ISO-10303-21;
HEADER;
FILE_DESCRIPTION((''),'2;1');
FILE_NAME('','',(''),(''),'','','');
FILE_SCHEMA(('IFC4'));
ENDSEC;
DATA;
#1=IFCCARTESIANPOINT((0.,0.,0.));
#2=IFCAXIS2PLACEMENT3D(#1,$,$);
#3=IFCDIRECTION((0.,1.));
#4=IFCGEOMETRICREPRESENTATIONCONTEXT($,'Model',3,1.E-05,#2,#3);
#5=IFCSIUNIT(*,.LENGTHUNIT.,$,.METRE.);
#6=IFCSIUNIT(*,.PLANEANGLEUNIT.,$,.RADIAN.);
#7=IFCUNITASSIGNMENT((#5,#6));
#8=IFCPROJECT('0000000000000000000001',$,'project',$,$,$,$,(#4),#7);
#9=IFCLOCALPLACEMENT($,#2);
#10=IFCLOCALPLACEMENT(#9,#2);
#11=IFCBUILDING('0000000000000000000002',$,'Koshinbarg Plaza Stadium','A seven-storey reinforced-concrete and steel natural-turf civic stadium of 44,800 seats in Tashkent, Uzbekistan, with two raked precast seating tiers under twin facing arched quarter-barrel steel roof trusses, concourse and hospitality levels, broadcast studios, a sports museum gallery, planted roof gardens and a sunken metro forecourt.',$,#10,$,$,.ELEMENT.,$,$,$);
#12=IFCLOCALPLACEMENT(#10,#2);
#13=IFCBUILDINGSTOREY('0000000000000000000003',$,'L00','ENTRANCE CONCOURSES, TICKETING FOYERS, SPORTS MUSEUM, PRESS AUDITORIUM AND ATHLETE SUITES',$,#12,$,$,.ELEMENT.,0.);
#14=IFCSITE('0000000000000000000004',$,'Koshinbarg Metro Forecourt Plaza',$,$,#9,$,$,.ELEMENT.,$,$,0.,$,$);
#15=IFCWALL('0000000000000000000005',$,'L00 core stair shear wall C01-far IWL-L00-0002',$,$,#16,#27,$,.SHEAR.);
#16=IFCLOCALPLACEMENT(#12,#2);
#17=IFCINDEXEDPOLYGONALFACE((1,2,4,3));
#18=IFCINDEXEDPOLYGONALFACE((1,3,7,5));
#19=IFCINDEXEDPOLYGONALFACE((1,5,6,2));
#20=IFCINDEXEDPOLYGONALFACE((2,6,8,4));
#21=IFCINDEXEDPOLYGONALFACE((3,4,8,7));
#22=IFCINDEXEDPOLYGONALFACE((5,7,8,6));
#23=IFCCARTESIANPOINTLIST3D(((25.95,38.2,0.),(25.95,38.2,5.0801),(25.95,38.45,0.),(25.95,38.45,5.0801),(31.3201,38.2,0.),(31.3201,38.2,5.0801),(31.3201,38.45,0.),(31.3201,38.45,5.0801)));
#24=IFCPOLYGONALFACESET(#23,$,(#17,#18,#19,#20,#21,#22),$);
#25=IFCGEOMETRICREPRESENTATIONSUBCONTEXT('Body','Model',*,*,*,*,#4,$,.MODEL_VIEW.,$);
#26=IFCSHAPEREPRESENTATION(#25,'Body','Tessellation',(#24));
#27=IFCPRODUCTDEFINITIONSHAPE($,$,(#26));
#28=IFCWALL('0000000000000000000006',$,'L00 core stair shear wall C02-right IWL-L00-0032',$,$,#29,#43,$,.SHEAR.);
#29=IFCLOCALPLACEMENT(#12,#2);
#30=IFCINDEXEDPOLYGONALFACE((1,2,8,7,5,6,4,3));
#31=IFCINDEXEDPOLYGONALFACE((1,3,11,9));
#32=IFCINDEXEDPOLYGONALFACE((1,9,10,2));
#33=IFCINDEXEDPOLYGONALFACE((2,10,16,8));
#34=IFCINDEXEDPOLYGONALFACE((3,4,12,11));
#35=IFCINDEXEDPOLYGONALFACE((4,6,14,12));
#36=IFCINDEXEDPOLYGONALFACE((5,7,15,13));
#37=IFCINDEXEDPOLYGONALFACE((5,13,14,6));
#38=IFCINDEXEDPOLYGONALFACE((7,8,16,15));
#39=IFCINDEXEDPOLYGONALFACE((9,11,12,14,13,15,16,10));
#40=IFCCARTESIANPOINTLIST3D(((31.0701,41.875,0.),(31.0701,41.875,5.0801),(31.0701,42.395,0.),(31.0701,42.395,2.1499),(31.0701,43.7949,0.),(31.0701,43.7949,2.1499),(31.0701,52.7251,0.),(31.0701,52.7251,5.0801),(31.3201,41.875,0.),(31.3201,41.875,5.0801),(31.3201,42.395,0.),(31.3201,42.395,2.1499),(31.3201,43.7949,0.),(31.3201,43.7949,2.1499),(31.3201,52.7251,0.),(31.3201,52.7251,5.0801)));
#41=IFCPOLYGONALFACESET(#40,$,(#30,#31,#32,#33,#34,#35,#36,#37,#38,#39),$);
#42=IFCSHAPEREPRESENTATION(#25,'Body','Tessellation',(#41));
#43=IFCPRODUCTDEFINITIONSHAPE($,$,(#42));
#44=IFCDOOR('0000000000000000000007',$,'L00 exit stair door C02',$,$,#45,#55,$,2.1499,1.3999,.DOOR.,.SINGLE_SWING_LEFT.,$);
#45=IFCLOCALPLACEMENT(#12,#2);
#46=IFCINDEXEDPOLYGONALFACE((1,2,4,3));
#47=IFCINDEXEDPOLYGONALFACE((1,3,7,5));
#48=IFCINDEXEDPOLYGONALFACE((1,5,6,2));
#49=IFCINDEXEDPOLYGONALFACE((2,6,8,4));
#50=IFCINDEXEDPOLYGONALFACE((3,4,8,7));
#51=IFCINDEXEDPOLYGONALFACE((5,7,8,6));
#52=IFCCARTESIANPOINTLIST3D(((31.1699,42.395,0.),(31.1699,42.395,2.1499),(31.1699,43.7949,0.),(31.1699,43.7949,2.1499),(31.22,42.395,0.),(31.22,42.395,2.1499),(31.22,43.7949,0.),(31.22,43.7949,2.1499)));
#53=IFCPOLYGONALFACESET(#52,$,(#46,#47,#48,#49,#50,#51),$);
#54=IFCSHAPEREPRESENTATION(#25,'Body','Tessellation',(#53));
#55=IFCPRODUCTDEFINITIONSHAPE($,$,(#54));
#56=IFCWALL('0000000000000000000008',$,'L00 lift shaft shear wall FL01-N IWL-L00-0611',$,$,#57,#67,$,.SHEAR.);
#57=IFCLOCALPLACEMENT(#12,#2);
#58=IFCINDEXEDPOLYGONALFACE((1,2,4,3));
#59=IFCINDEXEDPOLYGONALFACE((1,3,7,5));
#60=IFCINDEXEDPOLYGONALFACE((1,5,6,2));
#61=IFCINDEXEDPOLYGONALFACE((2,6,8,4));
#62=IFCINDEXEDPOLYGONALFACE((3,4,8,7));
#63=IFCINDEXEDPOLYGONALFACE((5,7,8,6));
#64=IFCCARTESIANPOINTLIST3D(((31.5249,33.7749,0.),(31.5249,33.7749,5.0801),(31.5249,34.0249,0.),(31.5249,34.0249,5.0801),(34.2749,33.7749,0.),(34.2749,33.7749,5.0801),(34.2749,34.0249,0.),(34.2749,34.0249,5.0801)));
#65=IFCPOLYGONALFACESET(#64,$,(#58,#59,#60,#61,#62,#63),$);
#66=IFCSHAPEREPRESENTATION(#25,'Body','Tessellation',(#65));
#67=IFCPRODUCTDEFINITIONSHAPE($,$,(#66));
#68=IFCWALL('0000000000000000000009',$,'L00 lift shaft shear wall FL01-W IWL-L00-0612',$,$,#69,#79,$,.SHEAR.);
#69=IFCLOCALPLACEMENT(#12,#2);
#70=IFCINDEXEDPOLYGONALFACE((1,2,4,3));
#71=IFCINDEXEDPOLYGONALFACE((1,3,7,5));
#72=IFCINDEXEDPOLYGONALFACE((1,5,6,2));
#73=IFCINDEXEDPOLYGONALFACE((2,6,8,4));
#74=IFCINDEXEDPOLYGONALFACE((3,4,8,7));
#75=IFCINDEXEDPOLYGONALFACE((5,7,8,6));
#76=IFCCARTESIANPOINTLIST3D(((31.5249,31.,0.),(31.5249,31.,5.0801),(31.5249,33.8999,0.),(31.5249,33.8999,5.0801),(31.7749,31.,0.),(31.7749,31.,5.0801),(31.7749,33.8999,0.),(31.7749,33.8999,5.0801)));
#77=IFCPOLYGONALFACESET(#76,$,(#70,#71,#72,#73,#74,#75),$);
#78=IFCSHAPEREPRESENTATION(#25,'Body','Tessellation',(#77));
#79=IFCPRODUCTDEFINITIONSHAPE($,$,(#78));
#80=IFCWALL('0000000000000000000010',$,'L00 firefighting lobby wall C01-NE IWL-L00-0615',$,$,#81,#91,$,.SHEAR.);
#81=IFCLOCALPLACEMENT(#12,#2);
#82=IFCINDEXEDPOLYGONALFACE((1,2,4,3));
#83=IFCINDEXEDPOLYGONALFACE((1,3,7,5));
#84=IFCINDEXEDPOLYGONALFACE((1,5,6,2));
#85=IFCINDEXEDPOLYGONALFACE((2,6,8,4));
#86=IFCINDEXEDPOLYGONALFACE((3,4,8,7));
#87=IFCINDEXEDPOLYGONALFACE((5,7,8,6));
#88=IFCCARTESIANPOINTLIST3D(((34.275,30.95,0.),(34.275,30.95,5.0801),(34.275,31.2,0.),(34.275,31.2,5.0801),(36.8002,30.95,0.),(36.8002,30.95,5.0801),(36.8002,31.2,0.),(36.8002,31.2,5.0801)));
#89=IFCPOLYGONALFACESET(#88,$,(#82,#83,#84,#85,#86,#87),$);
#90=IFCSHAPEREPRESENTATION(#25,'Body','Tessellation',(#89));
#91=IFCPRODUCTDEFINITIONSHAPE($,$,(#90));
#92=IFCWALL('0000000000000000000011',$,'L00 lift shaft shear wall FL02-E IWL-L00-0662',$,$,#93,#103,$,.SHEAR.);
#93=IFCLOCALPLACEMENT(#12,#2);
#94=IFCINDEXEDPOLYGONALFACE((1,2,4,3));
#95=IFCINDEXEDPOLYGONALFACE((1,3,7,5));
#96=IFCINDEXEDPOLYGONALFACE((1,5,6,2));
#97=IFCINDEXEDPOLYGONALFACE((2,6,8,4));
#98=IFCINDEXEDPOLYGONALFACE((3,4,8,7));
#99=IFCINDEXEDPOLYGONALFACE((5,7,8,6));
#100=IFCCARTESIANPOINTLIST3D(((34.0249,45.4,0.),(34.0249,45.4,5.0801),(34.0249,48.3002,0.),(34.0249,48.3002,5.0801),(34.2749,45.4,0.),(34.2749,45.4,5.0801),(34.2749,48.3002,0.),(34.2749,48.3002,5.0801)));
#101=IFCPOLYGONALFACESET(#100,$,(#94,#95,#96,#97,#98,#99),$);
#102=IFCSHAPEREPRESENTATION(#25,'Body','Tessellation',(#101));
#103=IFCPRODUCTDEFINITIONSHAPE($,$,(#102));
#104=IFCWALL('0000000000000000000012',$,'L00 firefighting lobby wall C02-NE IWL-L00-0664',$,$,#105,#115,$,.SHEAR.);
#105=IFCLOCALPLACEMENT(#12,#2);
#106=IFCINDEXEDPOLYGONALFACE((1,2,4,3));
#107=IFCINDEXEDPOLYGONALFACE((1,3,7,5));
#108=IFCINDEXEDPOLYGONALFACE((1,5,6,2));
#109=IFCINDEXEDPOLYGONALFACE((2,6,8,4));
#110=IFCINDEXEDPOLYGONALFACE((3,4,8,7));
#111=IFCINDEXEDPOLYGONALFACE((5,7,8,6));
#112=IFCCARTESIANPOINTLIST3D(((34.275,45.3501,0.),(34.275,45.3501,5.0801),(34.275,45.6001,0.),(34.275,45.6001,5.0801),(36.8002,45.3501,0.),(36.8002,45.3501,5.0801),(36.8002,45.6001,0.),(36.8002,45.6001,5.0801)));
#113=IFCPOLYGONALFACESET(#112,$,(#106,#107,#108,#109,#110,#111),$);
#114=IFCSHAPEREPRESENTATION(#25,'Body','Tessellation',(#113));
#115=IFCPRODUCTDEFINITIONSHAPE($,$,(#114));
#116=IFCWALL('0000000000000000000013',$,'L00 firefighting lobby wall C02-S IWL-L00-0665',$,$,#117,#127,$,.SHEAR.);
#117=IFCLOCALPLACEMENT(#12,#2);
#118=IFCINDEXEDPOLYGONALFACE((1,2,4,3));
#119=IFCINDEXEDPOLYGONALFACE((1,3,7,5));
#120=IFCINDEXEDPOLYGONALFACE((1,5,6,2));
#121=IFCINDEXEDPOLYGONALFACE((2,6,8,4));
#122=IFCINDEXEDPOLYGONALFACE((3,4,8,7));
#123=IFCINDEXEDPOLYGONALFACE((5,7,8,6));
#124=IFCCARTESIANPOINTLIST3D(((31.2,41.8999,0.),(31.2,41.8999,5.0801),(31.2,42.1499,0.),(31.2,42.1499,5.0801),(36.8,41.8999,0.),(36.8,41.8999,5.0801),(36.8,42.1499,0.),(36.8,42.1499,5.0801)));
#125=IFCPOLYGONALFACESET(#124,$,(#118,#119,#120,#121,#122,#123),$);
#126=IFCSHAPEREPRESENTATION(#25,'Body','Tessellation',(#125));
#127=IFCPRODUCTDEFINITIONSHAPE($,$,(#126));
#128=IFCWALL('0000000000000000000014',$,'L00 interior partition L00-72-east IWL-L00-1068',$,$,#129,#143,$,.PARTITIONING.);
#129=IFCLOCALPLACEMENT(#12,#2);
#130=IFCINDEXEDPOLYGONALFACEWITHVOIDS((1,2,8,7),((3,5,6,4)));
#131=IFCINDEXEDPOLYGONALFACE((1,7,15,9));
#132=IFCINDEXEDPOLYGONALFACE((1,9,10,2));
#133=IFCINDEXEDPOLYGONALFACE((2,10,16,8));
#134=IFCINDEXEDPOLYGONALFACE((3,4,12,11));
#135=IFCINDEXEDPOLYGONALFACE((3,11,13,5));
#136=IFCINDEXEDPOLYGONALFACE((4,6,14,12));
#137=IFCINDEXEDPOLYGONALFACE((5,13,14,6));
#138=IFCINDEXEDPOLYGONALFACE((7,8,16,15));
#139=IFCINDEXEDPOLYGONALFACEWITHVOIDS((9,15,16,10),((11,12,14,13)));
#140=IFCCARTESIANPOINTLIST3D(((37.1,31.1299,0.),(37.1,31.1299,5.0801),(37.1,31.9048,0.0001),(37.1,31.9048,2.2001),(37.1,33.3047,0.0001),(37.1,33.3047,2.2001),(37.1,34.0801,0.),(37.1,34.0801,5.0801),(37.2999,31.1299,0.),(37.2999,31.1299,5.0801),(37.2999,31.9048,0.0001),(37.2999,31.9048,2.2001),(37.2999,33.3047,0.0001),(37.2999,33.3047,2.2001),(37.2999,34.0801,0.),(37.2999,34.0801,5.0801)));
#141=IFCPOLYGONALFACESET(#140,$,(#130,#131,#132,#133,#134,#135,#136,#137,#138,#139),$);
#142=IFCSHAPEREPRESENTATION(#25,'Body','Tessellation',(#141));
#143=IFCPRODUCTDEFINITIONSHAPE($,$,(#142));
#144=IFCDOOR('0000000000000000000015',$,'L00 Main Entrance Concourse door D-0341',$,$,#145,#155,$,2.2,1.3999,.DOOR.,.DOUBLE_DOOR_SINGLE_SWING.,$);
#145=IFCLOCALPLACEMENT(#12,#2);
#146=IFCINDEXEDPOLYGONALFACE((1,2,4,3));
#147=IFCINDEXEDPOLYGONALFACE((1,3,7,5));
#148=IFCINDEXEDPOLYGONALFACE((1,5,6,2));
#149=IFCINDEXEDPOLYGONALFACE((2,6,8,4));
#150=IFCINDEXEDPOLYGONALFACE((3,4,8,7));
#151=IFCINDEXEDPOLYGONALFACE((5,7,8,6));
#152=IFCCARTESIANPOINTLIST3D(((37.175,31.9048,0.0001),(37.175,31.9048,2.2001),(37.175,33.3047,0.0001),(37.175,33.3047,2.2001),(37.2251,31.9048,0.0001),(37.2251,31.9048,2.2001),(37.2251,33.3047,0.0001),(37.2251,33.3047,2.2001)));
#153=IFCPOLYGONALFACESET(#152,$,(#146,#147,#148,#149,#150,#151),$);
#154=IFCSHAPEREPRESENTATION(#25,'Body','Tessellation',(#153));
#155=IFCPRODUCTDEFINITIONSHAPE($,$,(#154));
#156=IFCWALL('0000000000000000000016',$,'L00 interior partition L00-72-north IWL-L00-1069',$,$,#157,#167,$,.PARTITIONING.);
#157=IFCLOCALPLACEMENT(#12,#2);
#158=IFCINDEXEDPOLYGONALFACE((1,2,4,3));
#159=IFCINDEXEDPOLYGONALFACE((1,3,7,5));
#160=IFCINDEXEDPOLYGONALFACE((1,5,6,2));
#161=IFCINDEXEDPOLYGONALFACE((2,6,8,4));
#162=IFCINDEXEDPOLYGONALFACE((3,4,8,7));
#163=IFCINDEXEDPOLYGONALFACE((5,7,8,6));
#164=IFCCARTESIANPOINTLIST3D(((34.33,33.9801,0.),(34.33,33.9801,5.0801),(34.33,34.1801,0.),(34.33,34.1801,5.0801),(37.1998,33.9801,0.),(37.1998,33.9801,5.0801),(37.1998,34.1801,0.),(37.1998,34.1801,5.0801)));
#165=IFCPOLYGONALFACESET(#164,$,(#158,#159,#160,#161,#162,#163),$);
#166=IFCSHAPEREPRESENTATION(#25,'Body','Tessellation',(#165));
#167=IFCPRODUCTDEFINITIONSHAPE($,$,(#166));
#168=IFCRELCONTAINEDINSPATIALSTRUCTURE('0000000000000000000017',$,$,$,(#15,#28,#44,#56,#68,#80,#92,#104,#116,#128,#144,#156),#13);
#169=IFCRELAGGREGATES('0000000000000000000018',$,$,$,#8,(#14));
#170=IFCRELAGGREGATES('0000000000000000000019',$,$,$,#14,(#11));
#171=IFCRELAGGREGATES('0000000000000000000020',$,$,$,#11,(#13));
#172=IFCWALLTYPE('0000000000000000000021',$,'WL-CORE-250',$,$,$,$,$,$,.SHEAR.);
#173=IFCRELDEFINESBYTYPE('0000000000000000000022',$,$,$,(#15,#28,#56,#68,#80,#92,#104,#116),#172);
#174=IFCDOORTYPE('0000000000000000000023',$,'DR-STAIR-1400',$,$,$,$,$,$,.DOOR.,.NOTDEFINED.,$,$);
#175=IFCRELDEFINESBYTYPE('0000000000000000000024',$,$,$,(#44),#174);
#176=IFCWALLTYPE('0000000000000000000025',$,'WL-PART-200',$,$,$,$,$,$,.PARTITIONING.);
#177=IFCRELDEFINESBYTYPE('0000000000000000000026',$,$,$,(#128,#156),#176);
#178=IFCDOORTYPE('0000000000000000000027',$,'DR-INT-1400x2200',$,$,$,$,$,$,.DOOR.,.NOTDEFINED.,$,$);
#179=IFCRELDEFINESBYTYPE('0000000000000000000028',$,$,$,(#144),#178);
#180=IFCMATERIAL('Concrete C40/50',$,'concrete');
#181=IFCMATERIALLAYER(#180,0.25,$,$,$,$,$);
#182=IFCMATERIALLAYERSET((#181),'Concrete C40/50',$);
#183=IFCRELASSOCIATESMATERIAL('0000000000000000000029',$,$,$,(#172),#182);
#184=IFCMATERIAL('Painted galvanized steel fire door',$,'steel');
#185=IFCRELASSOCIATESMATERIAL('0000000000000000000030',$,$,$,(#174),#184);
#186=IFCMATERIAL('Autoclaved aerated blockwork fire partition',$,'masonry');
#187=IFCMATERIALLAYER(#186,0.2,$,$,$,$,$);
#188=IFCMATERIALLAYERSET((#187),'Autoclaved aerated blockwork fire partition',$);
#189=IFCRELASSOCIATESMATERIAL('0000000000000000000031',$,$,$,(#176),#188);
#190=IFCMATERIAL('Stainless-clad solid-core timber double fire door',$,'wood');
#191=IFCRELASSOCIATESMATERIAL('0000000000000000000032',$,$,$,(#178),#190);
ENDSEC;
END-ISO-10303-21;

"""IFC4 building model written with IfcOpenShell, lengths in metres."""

from ifc_helpers import new_model, si_unit, direction, frame, frame_2d, origin, place, context, subcontext, project, spatial, rectangle, extrude, material, layer, layer_set, type_object, element, fill, save


model = new_model("IFC4")

# Units and contexts
model_context = context("Model", 3, precision=1e-05, world=origin(), true_north=direction((0.0, 1.0)))
body_context = subcontext(model_context, "Body", "Model", "MODEL_VIEW")
ifc_project = project(units=[si_unit("LENGTHUNIT", "METRE"), si_unit("PLANEANGLEUNIT", "RADIAN")], contexts=[model_context])

# Site, building, storey
site_placement = place(None, origin())
site = spatial("IfcSite", under=ifc_project, at=site_placement, Name="Koshinbarg Metro Forecourt Plaza", CompositionType="ELEMENT", RefElevation=0.0)
building_placement = place(site_placement, origin())
building = spatial("IfcBuilding", under=site, at=building_placement, Name="Koshinbarg Plaza Stadium", Description="A seven-storey reinforced-concrete and steel natural-turf civic stadium of 44,800 seats in Tashkent, Uzbekistan, with two raked precast seating tiers under twin facing arched quarter-barrel steel roof trusses, concourse and hospitality levels, broadcast studios, a sports museum gallery, planted roof gardens and a sunken metro forecourt.", CompositionType="ELEMENT")
storey_placement = place(building_placement, origin())
storey = spatial("IfcBuildingStorey", under=building, at=storey_placement, Name="L00", Description="ENTRANCE CONCOURSES, TICKETING FOYERS, SPORTS MUSEUM, PRESS AUDITORIUM AND ATHLETE SUITES", CompositionType="ELEMENT", Elevation=0.0)

# Shared definitions
ifc_material_1 = material(Name="Concrete C40/50", Category="concrete")

# Wall
ifc_layer_1 = layer(ifc_material_1, 0.25)
ifc_layer_set_1 = layer_set([ifc_layer_1], Name="Concrete C40/50")
wall_type_1 = type_object("IfcWallType", Name="WL-CORE-250", PredefinedType="SHEAR", material=ifc_layer_set_1)
wall_1_placement = place(storey_placement, frame((31.3201, 38.325, 0.0), z_axis=(0.0, 0.0, 1.0), x_axis=(-1.0, 0.0, 0.0)))
element("IfcWall", 1, at=wall_1_placement, inside=storey, type_object=wall_type_1, Name="L00 core stair shear wall C01-far IWL-L00-0002", PredefinedType="SHEAR", context=body_context, shape_type="SweptSolid", body=[
    extrude(rectangle(XDim=5.3701, YDim=0.25, at=frame_2d((2.6851, 0.0))), origin(), (0.0, 0.0, 1.0), 5.0801),
])

# Wall, opening, door
wall_2_placement = place(storey_placement, frame((31.1951, 41.875, 0.0), z_axis=(0.0, 0.0, 1.0), x_axis=(0.0, 1.0, 0.0)))
wall_2 = element("IfcWall", 2, at=wall_2_placement, inside=storey, type_object=wall_type_1, Name="L00 core stair shear wall C02-right IWL-L00-0032", PredefinedType="SHEAR", context=body_context, shape_type="SweptSolid", body=[
    extrude(rectangle(XDim=10.8501, YDim=0.25, at=frame_2d((5.425, 0.0))), origin(), (0.0, 0.0, 1.0), 5.0801),
])
opening_1_placement = place(wall_2_placement, frame((0.52, 0.0, 0.0)))
opening_1 = element("IfcOpeningElement", 3, at=opening_1_placement, cuts=wall_2, PredefinedType="OPENING", context=body_context, shape_type="SweptSolid", body=[
    extrude(rectangle(XDim=1.3999, YDim=2.1499, at=frame_2d((0.7, 1.075))), frame((0.0, 0.135, 0.0), z_axis=(0.0, -1.0, 0.0), x_axis=(1.0, 0.0, 0.0)), (0.0, 0.0, 1.0), 0.27),
])
ifc_material_2 = material(Name="Painted galvanized steel fire door", Category="steel")
door_type_1 = type_object("IfcDoorType", Name="DR-STAIR-1400", OperationType="NOTDEFINED", PredefinedType="DOOR", material=ifc_material_2)
door_1_placement = place(opening_1_placement, frame((1.3999, 0.0, 0.0), z_axis=(0.0, 0.0, 1.0), x_axis=(-1.0, 0.0, 0.0)))
door_1 = element("IfcDoor", 4, at=door_1_placement, inside=storey, type_object=door_type_1, Name="L00 exit stair door C02", OperationType="SINGLE_SWING_LEFT", OverallHeight=2.1499, OverallWidth=1.3999, PredefinedType="DOOR", context=body_context, shape_type="SweptSolid", body=[
    extrude(rectangle(XDim=1.3999, YDim=2.1499, at=frame_2d((0.7, 1.075))), frame((0.0, 0.0249, 0.0), z_axis=(0.0, -1.0, 0.0), x_axis=(1.0, 0.0, 0.0)), (0.0, 0.0, 1.0), 0.05),
])
fill(opening_1, door_1)

# Walls
wall_3_placement = place(storey_placement, frame((34.2749, 33.8999, 0.0), z_axis=(0.0, 0.0, 1.0), x_axis=(-1.0, 0.0, 0.0)))
element("IfcWall", 5, at=wall_3_placement, inside=storey, type_object=wall_type_1, Name="L00 lift shaft shear wall FL01-N IWL-L00-0611", PredefinedType="SHEAR", context=body_context, shape_type="SweptSolid", body=[
    extrude(rectangle(XDim=2.75, YDim=0.25, at=frame_2d((1.375, 0.0))), origin(), (0.0, 0.0, 1.0), 5.0801),
])
wall_4_placement = place(storey_placement, frame((31.6499, 33.8999, 0.0), z_axis=(0.0, 0.0, 1.0), x_axis=(0.0, -1.0, 0.0)))
element("IfcWall", 6, at=wall_4_placement, inside=storey, type_object=wall_type_1, Name="L00 lift shaft shear wall FL01-W IWL-L00-0612", PredefinedType="SHEAR", context=body_context, shape_type="SweptSolid", body=[
    extrude(rectangle(XDim=2.8999, YDim=0.25, at=frame_2d((1.45, 0.0))), origin(), (0.0, 0.0, 1.0), 5.0801),
])
wall_5_placement = place(storey_placement, frame((34.2749, 31.075, 0.0), z_axis=(0.0, 0.0, 1.0), x_axis=(1.0, 0.0, 0.0)))
element("IfcWall", 7, at=wall_5_placement, inside=storey, type_object=wall_type_1, Name="L00 firefighting lobby wall C01-NE IWL-L00-0615", PredefinedType="SHEAR", context=body_context, shape_type="SweptSolid", body=[
    extrude(rectangle(XDim=2.5251, YDim=0.25, at=frame_2d((1.2627, 0.0))), origin(), (0.0, 0.0, 1.0), 5.0801),
])

# Wall
wall_6_placement = place(storey_placement, frame((34.1499, 45.3999, 0.0), z_axis=(0.0, 0.0, 1.0), x_axis=(0.0, 1.0, 0.0)))
element("IfcWall", 8, at=wall_6_placement, inside=storey, type_object=wall_type_1, Name="L00 lift shaft shear wall FL02-E IWL-L00-0662", PredefinedType="SHEAR", context=body_context, shape_type="SweptSolid", body=[
    extrude(rectangle(XDim=2.9001, YDim=0.25, at=frame_2d((1.4502, 0.0))), origin(), (0.0, 0.0, 1.0), 5.0801),
])

# Walls
wall_7_placement = place(storey_placement, frame((34.2749, 45.4751, 0.0), z_axis=(0.0, 0.0, 1.0), x_axis=(1.0, 0.0, 0.0)))
element("IfcWall", 9, at=wall_7_placement, inside=storey, type_object=wall_type_1, Name="L00 firefighting lobby wall C02-NE IWL-L00-0664", PredefinedType="SHEAR", context=body_context, shape_type="SweptSolid", body=[
    extrude(rectangle(XDim=2.5251, YDim=0.25, at=frame_2d((1.2627, 0.0))), origin(), (0.0, 0.0, 1.0), 5.0801),
])
wall_8_placement = place(storey_placement, frame((31.2, 42.0249, 0.0), z_axis=(0.0, 0.0, 1.0), x_axis=(1.0, 0.0, 0.0)))
element("IfcWall", 10, at=wall_8_placement, inside=storey, type_object=wall_type_1, Name="L00 firefighting lobby wall C02-S IWL-L00-0665", PredefinedType="SHEAR", context=body_context, shape_type="SweptSolid", body=[
    extrude(rectangle(XDim=5.6001, YDim=0.25, at=frame_2d((2.8, 0.0))), origin(), (0.0, 0.0, 1.0), 5.0801),
])

# Wall, opening, door
ifc_material_3 = material(Name="Autoclaved aerated blockwork fire partition", Category="masonry")
ifc_layer_2 = layer(ifc_material_3, 0.2)
ifc_layer_set_2 = layer_set([ifc_layer_2], Name="Autoclaved aerated blockwork fire partition")
wall_type_2 = type_object("IfcWallType", Name="WL-PART-200", PredefinedType="PARTITIONING", material=ifc_layer_set_2)
wall_9_placement = place(storey_placement, frame((37.2, 31.1299, 0.0), z_axis=(0.0, 0.0, 1.0), x_axis=(0.0, 1.0, 0.0)))
wall_9 = element("IfcWall", 11, at=wall_9_placement, inside=storey, type_object=wall_type_2, Name="L00 interior partition L00-72-east IWL-L00-1068", PredefinedType="PARTITIONING", context=body_context, shape_type="SweptSolid", body=[
    extrude(rectangle(XDim=2.9502, YDim=0.2, at=frame_2d((1.4751, 0.0))), origin(), (0.0, 0.0, 1.0), 5.0801),
])
opening_2_placement = place(wall_9_placement, frame((0.7749, 0.0, 0.0)))
opening_2 = element("IfcOpeningElement", 12, at=opening_2_placement, cuts=wall_9, PredefinedType="OPENING", context=body_context, shape_type="SweptSolid", body=[
    extrude(rectangle(XDim=1.3999, YDim=2.2, at=frame_2d((0.7, 1.1001))), frame((0.0, 0.1099, 0.0), z_axis=(0.0, -1.0, 0.0), x_axis=(1.0, 0.0, 0.0)), (0.0, 0.0, 1.0), 0.22),
])
ifc_material_4 = material(Name="Stainless-clad solid-core timber double fire door", Category="wood")
door_type_2 = type_object("IfcDoorType", Name="DR-INT-1400x2200", OperationType="NOTDEFINED", PredefinedType="DOOR", material=ifc_material_4)
door_2_placement = place(opening_2_placement, origin())
door_2 = element("IfcDoor", 13, at=door_2_placement, inside=storey, type_object=door_type_2, Name="L00 Main Entrance Concourse door D-0341", OperationType="DOUBLE_DOOR_SINGLE_SWING", OverallHeight=2.2, OverallWidth=1.3999, PredefinedType="DOOR", context=body_context, shape_type="SweptSolid", body=[
    extrude(rectangle(XDim=1.3999, YDim=2.2, at=frame_2d((0.7, 1.1001))), frame((0.0, 0.0249, 0.0), z_axis=(0.0, -1.0, 0.0), x_axis=(1.0, 0.0, 0.0)), (0.0, 0.0, 1.0), 0.05),
])
fill(opening_2, door_2)

# Wall
wall_10_placement = place(storey_placement, frame((37.2, 34.0801, 0.0), z_axis=(0.0, 0.0, 1.0), x_axis=(-1.0, 0.0, 0.0)))
element("IfcWall", 14, at=wall_10_placement, inside=storey, type_object=wall_type_2, Name="L00 interior partition L00-72-north IWL-L00-1069", PredefinedType="PARTITIONING", context=body_context, shape_type="SweptSolid", body=[
    extrude(rectangle(XDim=2.8699, YDim=0.2, at=frame_2d((1.4351, 0.0))), origin(), (0.0, 0.0, 1.0), 5.0801),
])

save(model, "model.ifc")
